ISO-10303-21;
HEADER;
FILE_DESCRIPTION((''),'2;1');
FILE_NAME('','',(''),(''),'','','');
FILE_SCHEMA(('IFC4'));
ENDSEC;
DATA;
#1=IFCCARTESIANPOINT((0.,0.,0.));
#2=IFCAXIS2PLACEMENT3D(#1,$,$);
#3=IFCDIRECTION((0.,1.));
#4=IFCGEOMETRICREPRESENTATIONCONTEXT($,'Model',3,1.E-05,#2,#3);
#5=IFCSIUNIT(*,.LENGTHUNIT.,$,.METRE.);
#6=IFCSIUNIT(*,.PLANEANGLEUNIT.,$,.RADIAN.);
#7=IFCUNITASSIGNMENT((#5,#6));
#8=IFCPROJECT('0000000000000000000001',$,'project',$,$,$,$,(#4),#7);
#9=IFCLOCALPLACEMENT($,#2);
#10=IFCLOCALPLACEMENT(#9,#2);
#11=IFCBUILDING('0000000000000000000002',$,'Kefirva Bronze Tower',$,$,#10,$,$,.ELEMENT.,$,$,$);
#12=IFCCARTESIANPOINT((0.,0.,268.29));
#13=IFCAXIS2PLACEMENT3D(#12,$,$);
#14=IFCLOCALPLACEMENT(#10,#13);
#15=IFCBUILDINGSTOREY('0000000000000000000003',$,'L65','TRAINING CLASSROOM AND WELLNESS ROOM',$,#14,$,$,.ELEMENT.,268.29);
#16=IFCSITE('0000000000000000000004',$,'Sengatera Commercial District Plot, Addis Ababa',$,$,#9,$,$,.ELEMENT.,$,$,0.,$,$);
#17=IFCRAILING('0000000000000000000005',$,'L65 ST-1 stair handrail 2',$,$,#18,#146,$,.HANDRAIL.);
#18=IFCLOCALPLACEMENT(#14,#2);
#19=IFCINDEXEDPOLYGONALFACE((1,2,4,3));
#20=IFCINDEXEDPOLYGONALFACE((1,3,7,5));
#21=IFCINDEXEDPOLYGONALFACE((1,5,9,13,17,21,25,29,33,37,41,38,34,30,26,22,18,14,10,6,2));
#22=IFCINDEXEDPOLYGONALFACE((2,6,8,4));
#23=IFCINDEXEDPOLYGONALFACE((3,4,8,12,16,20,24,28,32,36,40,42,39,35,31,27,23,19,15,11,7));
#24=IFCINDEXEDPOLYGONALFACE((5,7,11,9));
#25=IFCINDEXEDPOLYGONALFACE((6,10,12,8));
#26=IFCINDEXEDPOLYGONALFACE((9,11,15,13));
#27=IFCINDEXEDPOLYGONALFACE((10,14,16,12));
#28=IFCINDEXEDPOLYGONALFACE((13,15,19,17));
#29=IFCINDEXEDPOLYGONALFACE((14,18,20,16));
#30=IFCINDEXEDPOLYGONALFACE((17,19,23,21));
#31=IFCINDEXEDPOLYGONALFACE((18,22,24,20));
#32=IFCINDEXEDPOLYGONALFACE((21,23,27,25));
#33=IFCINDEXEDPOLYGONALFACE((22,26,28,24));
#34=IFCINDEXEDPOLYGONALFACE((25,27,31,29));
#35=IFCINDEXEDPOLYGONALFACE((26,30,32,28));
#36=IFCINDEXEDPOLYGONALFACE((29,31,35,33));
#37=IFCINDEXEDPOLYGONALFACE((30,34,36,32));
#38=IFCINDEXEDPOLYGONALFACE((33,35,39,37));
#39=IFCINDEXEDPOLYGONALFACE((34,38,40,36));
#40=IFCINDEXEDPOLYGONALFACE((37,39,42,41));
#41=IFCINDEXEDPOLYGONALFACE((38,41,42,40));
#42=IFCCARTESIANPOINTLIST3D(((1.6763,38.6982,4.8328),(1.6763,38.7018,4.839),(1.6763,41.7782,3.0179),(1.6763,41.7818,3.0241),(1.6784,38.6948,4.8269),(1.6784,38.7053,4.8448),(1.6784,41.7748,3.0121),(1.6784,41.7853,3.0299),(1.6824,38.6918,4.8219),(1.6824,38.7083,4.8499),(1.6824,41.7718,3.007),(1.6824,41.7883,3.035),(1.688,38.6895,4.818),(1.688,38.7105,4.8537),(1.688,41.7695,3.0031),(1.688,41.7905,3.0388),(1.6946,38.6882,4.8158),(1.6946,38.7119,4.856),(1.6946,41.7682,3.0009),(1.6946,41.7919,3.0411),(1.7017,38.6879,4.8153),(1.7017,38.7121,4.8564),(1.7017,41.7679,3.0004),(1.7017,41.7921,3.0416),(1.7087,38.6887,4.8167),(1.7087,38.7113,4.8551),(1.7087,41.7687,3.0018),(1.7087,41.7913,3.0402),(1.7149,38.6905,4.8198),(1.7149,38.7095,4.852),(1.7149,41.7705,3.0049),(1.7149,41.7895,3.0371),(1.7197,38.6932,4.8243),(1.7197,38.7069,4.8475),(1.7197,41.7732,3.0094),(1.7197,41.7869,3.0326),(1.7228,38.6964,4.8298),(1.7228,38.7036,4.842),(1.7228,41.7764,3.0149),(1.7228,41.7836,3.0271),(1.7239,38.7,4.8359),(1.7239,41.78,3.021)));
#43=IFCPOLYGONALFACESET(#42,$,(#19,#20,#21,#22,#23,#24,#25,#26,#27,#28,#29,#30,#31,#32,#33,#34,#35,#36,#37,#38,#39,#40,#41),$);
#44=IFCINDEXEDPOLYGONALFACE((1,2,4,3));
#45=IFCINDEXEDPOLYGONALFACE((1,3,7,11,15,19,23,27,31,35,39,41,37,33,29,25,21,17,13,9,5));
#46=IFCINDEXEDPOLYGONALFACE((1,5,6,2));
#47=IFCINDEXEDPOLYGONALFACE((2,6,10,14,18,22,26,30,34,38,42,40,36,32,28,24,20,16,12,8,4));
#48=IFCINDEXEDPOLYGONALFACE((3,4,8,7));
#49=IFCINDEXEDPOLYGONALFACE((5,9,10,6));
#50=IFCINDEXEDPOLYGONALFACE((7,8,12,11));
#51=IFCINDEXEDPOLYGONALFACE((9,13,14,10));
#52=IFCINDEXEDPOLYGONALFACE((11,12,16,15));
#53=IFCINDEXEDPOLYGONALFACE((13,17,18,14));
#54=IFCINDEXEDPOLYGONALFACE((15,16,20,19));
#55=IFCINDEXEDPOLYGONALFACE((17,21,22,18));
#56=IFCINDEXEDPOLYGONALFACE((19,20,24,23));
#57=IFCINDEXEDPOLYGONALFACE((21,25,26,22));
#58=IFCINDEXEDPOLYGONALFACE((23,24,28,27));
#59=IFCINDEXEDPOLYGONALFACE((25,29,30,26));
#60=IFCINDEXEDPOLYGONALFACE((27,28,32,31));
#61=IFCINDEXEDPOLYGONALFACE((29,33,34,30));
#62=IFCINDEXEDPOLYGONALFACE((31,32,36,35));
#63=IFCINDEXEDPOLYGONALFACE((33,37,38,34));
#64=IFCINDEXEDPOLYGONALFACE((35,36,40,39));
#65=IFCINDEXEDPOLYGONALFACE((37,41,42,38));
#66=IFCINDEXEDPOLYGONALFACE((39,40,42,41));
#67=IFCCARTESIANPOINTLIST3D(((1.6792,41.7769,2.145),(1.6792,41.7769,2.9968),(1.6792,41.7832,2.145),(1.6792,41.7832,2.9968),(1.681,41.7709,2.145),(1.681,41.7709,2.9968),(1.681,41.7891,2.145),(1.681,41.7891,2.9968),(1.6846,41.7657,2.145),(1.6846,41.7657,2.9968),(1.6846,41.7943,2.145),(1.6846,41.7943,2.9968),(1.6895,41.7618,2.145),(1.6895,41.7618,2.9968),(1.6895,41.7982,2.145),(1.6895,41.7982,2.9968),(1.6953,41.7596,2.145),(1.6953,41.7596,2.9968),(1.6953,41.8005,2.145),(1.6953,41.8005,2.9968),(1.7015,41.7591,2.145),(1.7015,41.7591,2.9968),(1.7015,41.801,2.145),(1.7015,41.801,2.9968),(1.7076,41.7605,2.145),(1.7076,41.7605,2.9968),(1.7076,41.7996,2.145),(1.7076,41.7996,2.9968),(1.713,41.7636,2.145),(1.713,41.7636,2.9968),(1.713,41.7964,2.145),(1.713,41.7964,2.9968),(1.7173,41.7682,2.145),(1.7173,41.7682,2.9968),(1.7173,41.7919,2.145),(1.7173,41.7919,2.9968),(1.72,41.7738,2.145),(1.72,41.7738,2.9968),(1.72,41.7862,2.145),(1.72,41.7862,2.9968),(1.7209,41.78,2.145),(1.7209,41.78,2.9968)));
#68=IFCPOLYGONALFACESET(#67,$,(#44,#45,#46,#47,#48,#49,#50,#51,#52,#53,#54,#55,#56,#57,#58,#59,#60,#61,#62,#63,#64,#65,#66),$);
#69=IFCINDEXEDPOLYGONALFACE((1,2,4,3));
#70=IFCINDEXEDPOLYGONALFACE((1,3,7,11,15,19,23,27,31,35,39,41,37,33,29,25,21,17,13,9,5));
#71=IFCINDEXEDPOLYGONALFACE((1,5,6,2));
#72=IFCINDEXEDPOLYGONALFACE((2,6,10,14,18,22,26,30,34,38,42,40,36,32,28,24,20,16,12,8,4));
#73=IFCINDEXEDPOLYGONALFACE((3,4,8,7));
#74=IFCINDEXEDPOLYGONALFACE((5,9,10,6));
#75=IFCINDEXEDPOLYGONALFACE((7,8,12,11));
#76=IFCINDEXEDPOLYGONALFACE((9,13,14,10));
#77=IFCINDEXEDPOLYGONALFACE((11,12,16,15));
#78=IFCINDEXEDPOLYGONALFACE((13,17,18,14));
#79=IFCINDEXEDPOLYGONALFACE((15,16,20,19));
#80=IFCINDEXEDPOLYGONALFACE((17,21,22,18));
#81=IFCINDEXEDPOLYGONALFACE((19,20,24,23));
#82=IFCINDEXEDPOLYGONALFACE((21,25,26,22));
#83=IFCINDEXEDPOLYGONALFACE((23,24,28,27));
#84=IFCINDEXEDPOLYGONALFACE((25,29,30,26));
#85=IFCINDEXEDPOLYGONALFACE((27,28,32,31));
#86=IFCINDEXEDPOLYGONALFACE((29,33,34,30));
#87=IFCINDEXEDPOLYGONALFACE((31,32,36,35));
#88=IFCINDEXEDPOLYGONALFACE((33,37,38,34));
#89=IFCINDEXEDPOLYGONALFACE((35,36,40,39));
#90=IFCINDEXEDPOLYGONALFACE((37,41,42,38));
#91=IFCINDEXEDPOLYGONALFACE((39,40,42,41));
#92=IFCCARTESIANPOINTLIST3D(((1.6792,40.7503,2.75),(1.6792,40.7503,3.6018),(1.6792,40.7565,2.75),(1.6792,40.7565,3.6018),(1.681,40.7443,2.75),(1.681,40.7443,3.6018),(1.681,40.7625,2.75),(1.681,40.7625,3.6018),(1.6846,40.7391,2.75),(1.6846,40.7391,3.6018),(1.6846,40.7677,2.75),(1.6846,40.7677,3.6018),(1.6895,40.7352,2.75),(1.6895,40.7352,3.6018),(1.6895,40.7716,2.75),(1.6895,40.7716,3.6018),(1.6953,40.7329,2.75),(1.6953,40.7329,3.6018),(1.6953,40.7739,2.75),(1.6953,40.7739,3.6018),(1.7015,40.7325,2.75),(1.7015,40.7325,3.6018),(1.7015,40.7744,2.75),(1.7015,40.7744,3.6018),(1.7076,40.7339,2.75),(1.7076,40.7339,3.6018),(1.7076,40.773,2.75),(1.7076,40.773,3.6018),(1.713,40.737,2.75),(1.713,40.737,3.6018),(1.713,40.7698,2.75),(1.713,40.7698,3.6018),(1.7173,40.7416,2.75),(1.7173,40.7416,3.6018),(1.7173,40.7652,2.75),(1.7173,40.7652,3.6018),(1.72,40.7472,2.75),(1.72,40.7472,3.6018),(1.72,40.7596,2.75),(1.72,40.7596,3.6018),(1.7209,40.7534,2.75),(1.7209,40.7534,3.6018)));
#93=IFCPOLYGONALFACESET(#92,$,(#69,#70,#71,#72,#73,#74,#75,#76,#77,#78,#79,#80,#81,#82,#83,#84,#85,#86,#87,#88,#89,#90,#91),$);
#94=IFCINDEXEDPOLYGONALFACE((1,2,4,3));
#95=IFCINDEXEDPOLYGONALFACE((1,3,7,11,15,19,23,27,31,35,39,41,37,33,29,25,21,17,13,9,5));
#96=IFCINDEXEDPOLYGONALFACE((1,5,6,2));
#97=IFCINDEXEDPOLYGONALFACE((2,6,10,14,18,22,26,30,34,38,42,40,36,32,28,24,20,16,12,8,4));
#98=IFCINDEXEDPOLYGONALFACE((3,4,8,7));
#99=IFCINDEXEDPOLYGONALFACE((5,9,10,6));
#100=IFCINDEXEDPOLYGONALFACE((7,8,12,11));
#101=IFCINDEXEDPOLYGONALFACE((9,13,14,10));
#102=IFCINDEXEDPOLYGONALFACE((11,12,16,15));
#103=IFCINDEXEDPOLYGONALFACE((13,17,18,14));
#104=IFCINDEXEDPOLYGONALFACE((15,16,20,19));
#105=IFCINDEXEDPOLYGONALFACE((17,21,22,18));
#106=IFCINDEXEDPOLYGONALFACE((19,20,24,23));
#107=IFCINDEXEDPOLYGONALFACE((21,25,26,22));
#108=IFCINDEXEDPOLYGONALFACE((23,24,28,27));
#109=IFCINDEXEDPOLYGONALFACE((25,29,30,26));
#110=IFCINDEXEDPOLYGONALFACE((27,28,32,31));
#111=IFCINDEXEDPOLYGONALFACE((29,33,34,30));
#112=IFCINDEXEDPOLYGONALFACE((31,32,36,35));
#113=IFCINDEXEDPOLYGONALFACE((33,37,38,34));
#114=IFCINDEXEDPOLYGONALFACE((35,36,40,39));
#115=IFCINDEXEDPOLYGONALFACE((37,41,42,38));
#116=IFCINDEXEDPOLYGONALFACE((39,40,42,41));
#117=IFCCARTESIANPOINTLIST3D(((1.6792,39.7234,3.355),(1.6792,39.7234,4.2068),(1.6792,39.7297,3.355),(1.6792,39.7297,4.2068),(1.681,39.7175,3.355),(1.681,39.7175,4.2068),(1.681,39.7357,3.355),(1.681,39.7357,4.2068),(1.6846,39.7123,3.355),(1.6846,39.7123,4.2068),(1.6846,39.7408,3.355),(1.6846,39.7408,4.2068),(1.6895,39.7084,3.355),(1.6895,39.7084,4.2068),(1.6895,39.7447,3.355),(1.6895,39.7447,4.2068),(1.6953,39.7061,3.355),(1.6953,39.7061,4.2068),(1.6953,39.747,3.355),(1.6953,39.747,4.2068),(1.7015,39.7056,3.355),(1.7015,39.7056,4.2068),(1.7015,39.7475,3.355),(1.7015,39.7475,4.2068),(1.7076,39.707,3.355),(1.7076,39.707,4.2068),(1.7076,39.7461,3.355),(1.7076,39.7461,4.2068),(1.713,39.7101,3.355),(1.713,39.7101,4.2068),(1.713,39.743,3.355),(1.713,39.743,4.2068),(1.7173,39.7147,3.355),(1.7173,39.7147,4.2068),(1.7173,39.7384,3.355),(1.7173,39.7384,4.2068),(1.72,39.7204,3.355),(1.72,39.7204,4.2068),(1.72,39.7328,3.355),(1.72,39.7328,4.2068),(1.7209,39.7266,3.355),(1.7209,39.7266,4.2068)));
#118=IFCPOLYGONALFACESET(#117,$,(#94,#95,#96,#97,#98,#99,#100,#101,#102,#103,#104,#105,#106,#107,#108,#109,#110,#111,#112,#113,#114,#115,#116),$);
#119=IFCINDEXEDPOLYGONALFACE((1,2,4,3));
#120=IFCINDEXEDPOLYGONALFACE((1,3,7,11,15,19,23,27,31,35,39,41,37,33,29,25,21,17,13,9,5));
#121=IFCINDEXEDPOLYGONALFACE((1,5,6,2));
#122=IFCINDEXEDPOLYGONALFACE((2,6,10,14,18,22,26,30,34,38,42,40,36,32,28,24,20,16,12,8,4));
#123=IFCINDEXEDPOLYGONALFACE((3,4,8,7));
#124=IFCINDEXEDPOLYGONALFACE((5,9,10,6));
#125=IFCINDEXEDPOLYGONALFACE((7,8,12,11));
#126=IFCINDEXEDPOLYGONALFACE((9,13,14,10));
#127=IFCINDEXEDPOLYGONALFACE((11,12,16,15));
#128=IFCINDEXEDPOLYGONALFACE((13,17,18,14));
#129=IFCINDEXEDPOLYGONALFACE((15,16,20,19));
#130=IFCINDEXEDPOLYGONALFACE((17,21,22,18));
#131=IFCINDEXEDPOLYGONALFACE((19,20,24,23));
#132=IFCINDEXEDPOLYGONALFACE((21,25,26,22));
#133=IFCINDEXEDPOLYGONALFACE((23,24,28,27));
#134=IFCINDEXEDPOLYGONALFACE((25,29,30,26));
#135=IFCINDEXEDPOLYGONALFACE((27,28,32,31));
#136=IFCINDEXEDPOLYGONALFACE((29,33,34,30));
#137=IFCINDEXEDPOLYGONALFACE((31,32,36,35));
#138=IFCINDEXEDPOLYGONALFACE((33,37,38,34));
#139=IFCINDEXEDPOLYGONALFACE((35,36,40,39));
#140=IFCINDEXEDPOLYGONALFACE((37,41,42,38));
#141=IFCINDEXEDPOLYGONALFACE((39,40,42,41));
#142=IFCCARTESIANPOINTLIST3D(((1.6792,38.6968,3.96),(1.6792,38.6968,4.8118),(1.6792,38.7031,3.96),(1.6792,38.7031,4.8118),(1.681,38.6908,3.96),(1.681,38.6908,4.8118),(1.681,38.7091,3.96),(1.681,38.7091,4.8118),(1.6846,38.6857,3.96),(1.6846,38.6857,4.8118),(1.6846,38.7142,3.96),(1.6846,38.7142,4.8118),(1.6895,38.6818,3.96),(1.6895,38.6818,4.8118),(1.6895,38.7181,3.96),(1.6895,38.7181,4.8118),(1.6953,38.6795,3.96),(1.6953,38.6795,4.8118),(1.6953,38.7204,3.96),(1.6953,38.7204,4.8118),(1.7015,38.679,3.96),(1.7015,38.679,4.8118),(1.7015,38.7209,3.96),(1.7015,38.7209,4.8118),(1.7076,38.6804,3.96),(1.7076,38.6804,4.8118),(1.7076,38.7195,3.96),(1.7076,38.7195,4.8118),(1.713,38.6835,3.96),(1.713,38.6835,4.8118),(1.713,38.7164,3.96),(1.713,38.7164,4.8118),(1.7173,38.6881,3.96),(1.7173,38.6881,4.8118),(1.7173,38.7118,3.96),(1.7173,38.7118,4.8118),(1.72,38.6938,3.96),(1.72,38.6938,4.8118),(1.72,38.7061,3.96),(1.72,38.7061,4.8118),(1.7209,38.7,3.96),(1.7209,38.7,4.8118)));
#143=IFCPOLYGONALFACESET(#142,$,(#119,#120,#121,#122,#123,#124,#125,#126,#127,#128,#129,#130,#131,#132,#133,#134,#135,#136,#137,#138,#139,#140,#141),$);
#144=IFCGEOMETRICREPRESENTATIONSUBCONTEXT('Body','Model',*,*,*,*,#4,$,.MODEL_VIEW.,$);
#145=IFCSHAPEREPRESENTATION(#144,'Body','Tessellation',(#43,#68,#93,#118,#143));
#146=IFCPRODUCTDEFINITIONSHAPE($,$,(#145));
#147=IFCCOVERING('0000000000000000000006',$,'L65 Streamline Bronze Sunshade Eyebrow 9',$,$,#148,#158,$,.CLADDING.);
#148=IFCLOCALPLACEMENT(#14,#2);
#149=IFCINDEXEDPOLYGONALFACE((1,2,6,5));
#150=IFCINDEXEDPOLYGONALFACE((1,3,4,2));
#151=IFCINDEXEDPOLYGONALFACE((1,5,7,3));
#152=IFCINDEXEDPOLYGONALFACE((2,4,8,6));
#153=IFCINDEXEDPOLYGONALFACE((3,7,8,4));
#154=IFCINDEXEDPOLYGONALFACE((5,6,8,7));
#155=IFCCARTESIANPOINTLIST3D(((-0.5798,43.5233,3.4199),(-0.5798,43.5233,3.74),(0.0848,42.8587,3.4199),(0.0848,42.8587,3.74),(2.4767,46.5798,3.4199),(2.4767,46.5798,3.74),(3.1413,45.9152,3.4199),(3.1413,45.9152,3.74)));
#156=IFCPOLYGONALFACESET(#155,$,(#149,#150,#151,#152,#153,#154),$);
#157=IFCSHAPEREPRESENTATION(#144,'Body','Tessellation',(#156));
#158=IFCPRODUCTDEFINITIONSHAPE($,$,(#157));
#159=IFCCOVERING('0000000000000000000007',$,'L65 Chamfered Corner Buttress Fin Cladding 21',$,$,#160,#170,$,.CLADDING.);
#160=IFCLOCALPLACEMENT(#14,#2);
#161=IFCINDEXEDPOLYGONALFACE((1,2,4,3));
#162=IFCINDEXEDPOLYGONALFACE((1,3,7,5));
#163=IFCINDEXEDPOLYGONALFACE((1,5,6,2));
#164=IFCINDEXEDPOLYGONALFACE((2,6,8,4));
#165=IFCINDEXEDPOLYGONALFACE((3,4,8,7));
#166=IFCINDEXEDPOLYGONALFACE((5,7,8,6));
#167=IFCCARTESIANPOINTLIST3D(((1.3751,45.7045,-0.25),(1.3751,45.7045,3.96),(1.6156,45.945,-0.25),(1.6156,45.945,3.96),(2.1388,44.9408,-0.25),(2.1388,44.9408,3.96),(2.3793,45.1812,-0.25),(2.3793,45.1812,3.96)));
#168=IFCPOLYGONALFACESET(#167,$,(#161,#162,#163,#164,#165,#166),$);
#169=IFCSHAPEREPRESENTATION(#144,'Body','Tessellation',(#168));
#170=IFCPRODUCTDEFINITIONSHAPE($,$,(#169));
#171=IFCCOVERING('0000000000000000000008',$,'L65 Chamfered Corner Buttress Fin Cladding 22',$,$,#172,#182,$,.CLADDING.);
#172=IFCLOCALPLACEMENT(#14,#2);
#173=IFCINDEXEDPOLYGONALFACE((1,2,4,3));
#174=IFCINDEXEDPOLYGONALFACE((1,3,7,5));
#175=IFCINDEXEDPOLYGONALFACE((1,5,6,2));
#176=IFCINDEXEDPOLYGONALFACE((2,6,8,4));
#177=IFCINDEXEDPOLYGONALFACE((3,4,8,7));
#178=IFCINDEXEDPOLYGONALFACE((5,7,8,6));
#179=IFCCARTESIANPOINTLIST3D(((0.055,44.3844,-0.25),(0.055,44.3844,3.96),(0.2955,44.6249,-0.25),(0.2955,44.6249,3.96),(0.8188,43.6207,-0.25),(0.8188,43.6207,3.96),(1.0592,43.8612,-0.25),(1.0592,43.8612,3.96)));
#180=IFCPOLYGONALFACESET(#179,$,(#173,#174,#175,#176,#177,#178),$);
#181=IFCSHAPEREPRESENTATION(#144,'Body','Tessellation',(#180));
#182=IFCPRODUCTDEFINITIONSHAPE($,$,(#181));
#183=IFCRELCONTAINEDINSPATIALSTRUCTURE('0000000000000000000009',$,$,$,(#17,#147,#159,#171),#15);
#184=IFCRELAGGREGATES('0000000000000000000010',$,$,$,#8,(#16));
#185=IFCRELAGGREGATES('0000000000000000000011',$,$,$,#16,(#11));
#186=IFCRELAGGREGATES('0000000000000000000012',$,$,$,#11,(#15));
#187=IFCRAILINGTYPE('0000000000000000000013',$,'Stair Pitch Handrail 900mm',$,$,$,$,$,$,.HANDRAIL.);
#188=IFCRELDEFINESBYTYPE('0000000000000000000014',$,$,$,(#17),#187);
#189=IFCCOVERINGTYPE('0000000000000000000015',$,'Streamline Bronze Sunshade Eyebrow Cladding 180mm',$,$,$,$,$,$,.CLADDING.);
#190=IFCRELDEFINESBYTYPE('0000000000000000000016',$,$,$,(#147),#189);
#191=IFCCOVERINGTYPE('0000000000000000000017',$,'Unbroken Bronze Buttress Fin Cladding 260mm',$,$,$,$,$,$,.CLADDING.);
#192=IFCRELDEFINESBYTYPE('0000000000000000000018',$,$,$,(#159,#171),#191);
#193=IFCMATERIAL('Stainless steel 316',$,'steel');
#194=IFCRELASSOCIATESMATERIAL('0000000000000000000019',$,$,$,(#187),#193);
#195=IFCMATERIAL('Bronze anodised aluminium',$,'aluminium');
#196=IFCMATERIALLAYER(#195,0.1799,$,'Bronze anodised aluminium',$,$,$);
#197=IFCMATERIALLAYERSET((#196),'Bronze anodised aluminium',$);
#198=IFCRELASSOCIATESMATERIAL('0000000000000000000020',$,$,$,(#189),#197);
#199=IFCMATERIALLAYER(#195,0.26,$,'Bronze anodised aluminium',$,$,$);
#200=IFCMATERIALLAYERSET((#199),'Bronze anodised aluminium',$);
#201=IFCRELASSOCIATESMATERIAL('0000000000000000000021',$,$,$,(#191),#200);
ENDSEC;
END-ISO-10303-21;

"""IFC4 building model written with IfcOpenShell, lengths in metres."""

from ifc_helpers import new_model, si_unit, direction, frame, origin, origin_2d, place, context, subcontext, project, spatial, rectangle, circle, extrude, material, layer, layer_set, type_object, element, save


model = new_model("IFC4")

# Units and contexts
model_context = context("Model", 3, precision=1e-05, world=origin(), true_north=direction((0.0, 1.0)))
body_context = subcontext(model_context, "Body", "Model", "MODEL_VIEW")
ifc_project = project(units=[si_unit("LENGTHUNIT", "METRE"), si_unit("PLANEANGLEUNIT", "RADIAN")], contexts=[model_context])

# Site, building, storey
site_placement = place(None, origin())
site = spatial("IfcSite", under=ifc_project, at=site_placement, Name="Sengatera Commercial District Plot, Addis Ababa", CompositionType="ELEMENT", RefElevation=0.0)
building_placement = place(site_placement, origin())
building = spatial("IfcBuilding", under=site, at=building_placement, Name="Kefirva Bronze Tower", CompositionType="ELEMENT")
storey_placement = place(building_placement, frame((0.0, 0.0, 268.29)))
storey = spatial("IfcBuildingStorey", under=building, at=storey_placement, Name="L65", Description="TRAINING CLASSROOM AND WELLNESS ROOM", CompositionType="ELEMENT", Elevation=268.29)

# Shared definitions
ifc_material_1 = material(Name="Bronze anodised aluminium", Category="aluminium")

# Railing
ifc_material_2 = material(Name="Stainless steel 316", Category="steel")
railing_type_1 = type_object("IfcRailingType", Name="Stair Pitch Handrail 900mm", PredefinedType="HANDRAIL", material=ifc_material_2)
railing_1_placement = place(storey_placement, frame((1.7, 41.78, 2.145)))
element("IfcRailing", 1, at=railing_1_placement, inside=storey, type_object=railing_type_1, Name="L65 ST-1 stair handrail 2", PredefinedType="HANDRAIL", context=body_context, shape_type="SweptSolid", body=[
    extrude(circle(Radius=0.0239, at=origin_2d()), frame((0.0, 0.0, 0.876), z_axis=(0.0, -0.861551, 0.507671), x_axis=(1.0, 0.0, 0.0)), (0.0, 0.0, 1.0), 3.575),
    extrude(circle(Radius=0.021, at=origin_2d()), origin(), (0.0, 0.0, 1.0), 0.8518),
    extrude(circle(Radius=0.021, at=origin_2d()), frame((0.0, -1.0266, 0.605)), (0.0, 0.0, 1.0), 0.8518),
    extrude(circle(Radius=0.021, at=origin_2d()), frame((0.0, -2.0535, 1.21)), (0.0, 0.0, 1.0), 0.8518),
    extrude(circle(Radius=0.021, at=origin_2d()), frame((0.0, -3.0801, 1.8149)), (0.0, 0.0, 1.0), 0.8518),
])

# Coverings
ifc_layer_1 = layer(ifc_material_1, 0.1799, Name="Bronze anodised aluminium")
ifc_layer_set_1 = layer_set([ifc_layer_1], Name="Bronze anodised aluminium")
covering_type_1 = type_object("IfcCoveringType", Name="Streamline Bronze Sunshade Eyebrow Cladding 180mm", PredefinedType="CLADDING", material=ifc_layer_set_1)
covering_1_placement = place(storey_placement, frame((1.2808, 44.7192, 3.4199), z_axis=(0.0, 0.0, 1.0), x_axis=(-0.707107, -0.707107, 0.0)))
element("IfcCovering", 2, at=covering_1_placement, inside=storey, type_object=covering_type_1, Name="L65 Streamline Bronze Sunshade Eyebrow 9", PredefinedType="CLADDING", context=body_context, shape_type="SweptSolid", body=[
    extrude(rectangle(XDim=4.3225, YDim=0.9399, at=origin_2d()), origin(), (0.0, 0.0, 1.0), 0.3201),
])
ifc_layer_2 = layer(ifc_material_1, 0.26, Name="Bronze anodised aluminium")
ifc_layer_set_2 = layer_set([ifc_layer_2], Name="Bronze anodised aluminium")
covering_type_2 = type_object("IfcCoveringType", Name="Unbroken Bronze Buttress Fin Cladding 260mm", PredefinedType="CLADDING", material=ifc_layer_set_2)
for number, where, z_axis, x_axis, name in (
    (3, (1.8772, 45.4429, -0.25), (0.0, 0.0, 1.0), (-0.707107, -0.707107, 0.0), "L65 Chamfered Corner Buttress Fin Cladding 21"),
    (4, (0.5571, 44.1228, -0.25), (0.0, 0.0, 1.0), (-0.707107, -0.707107, 0.0), "L65 Chamfered Corner Buttress Fin Cladding 22"),
):
    element("IfcCovering", number, at=place(storey_placement, frame(where, z_axis=z_axis, x_axis=x_axis)), inside=storey, type_object=covering_type_2, Name=name, PredefinedType="CLADDING", context=body_context, shape_type="SweptSolid", body=[
        extrude(rectangle(XDim=0.3401, YDim=1.0801, at=origin_2d()), origin(), (0.0, 0.0, 1.0), 4.21),
    ])

save(model, "model.ifc")
